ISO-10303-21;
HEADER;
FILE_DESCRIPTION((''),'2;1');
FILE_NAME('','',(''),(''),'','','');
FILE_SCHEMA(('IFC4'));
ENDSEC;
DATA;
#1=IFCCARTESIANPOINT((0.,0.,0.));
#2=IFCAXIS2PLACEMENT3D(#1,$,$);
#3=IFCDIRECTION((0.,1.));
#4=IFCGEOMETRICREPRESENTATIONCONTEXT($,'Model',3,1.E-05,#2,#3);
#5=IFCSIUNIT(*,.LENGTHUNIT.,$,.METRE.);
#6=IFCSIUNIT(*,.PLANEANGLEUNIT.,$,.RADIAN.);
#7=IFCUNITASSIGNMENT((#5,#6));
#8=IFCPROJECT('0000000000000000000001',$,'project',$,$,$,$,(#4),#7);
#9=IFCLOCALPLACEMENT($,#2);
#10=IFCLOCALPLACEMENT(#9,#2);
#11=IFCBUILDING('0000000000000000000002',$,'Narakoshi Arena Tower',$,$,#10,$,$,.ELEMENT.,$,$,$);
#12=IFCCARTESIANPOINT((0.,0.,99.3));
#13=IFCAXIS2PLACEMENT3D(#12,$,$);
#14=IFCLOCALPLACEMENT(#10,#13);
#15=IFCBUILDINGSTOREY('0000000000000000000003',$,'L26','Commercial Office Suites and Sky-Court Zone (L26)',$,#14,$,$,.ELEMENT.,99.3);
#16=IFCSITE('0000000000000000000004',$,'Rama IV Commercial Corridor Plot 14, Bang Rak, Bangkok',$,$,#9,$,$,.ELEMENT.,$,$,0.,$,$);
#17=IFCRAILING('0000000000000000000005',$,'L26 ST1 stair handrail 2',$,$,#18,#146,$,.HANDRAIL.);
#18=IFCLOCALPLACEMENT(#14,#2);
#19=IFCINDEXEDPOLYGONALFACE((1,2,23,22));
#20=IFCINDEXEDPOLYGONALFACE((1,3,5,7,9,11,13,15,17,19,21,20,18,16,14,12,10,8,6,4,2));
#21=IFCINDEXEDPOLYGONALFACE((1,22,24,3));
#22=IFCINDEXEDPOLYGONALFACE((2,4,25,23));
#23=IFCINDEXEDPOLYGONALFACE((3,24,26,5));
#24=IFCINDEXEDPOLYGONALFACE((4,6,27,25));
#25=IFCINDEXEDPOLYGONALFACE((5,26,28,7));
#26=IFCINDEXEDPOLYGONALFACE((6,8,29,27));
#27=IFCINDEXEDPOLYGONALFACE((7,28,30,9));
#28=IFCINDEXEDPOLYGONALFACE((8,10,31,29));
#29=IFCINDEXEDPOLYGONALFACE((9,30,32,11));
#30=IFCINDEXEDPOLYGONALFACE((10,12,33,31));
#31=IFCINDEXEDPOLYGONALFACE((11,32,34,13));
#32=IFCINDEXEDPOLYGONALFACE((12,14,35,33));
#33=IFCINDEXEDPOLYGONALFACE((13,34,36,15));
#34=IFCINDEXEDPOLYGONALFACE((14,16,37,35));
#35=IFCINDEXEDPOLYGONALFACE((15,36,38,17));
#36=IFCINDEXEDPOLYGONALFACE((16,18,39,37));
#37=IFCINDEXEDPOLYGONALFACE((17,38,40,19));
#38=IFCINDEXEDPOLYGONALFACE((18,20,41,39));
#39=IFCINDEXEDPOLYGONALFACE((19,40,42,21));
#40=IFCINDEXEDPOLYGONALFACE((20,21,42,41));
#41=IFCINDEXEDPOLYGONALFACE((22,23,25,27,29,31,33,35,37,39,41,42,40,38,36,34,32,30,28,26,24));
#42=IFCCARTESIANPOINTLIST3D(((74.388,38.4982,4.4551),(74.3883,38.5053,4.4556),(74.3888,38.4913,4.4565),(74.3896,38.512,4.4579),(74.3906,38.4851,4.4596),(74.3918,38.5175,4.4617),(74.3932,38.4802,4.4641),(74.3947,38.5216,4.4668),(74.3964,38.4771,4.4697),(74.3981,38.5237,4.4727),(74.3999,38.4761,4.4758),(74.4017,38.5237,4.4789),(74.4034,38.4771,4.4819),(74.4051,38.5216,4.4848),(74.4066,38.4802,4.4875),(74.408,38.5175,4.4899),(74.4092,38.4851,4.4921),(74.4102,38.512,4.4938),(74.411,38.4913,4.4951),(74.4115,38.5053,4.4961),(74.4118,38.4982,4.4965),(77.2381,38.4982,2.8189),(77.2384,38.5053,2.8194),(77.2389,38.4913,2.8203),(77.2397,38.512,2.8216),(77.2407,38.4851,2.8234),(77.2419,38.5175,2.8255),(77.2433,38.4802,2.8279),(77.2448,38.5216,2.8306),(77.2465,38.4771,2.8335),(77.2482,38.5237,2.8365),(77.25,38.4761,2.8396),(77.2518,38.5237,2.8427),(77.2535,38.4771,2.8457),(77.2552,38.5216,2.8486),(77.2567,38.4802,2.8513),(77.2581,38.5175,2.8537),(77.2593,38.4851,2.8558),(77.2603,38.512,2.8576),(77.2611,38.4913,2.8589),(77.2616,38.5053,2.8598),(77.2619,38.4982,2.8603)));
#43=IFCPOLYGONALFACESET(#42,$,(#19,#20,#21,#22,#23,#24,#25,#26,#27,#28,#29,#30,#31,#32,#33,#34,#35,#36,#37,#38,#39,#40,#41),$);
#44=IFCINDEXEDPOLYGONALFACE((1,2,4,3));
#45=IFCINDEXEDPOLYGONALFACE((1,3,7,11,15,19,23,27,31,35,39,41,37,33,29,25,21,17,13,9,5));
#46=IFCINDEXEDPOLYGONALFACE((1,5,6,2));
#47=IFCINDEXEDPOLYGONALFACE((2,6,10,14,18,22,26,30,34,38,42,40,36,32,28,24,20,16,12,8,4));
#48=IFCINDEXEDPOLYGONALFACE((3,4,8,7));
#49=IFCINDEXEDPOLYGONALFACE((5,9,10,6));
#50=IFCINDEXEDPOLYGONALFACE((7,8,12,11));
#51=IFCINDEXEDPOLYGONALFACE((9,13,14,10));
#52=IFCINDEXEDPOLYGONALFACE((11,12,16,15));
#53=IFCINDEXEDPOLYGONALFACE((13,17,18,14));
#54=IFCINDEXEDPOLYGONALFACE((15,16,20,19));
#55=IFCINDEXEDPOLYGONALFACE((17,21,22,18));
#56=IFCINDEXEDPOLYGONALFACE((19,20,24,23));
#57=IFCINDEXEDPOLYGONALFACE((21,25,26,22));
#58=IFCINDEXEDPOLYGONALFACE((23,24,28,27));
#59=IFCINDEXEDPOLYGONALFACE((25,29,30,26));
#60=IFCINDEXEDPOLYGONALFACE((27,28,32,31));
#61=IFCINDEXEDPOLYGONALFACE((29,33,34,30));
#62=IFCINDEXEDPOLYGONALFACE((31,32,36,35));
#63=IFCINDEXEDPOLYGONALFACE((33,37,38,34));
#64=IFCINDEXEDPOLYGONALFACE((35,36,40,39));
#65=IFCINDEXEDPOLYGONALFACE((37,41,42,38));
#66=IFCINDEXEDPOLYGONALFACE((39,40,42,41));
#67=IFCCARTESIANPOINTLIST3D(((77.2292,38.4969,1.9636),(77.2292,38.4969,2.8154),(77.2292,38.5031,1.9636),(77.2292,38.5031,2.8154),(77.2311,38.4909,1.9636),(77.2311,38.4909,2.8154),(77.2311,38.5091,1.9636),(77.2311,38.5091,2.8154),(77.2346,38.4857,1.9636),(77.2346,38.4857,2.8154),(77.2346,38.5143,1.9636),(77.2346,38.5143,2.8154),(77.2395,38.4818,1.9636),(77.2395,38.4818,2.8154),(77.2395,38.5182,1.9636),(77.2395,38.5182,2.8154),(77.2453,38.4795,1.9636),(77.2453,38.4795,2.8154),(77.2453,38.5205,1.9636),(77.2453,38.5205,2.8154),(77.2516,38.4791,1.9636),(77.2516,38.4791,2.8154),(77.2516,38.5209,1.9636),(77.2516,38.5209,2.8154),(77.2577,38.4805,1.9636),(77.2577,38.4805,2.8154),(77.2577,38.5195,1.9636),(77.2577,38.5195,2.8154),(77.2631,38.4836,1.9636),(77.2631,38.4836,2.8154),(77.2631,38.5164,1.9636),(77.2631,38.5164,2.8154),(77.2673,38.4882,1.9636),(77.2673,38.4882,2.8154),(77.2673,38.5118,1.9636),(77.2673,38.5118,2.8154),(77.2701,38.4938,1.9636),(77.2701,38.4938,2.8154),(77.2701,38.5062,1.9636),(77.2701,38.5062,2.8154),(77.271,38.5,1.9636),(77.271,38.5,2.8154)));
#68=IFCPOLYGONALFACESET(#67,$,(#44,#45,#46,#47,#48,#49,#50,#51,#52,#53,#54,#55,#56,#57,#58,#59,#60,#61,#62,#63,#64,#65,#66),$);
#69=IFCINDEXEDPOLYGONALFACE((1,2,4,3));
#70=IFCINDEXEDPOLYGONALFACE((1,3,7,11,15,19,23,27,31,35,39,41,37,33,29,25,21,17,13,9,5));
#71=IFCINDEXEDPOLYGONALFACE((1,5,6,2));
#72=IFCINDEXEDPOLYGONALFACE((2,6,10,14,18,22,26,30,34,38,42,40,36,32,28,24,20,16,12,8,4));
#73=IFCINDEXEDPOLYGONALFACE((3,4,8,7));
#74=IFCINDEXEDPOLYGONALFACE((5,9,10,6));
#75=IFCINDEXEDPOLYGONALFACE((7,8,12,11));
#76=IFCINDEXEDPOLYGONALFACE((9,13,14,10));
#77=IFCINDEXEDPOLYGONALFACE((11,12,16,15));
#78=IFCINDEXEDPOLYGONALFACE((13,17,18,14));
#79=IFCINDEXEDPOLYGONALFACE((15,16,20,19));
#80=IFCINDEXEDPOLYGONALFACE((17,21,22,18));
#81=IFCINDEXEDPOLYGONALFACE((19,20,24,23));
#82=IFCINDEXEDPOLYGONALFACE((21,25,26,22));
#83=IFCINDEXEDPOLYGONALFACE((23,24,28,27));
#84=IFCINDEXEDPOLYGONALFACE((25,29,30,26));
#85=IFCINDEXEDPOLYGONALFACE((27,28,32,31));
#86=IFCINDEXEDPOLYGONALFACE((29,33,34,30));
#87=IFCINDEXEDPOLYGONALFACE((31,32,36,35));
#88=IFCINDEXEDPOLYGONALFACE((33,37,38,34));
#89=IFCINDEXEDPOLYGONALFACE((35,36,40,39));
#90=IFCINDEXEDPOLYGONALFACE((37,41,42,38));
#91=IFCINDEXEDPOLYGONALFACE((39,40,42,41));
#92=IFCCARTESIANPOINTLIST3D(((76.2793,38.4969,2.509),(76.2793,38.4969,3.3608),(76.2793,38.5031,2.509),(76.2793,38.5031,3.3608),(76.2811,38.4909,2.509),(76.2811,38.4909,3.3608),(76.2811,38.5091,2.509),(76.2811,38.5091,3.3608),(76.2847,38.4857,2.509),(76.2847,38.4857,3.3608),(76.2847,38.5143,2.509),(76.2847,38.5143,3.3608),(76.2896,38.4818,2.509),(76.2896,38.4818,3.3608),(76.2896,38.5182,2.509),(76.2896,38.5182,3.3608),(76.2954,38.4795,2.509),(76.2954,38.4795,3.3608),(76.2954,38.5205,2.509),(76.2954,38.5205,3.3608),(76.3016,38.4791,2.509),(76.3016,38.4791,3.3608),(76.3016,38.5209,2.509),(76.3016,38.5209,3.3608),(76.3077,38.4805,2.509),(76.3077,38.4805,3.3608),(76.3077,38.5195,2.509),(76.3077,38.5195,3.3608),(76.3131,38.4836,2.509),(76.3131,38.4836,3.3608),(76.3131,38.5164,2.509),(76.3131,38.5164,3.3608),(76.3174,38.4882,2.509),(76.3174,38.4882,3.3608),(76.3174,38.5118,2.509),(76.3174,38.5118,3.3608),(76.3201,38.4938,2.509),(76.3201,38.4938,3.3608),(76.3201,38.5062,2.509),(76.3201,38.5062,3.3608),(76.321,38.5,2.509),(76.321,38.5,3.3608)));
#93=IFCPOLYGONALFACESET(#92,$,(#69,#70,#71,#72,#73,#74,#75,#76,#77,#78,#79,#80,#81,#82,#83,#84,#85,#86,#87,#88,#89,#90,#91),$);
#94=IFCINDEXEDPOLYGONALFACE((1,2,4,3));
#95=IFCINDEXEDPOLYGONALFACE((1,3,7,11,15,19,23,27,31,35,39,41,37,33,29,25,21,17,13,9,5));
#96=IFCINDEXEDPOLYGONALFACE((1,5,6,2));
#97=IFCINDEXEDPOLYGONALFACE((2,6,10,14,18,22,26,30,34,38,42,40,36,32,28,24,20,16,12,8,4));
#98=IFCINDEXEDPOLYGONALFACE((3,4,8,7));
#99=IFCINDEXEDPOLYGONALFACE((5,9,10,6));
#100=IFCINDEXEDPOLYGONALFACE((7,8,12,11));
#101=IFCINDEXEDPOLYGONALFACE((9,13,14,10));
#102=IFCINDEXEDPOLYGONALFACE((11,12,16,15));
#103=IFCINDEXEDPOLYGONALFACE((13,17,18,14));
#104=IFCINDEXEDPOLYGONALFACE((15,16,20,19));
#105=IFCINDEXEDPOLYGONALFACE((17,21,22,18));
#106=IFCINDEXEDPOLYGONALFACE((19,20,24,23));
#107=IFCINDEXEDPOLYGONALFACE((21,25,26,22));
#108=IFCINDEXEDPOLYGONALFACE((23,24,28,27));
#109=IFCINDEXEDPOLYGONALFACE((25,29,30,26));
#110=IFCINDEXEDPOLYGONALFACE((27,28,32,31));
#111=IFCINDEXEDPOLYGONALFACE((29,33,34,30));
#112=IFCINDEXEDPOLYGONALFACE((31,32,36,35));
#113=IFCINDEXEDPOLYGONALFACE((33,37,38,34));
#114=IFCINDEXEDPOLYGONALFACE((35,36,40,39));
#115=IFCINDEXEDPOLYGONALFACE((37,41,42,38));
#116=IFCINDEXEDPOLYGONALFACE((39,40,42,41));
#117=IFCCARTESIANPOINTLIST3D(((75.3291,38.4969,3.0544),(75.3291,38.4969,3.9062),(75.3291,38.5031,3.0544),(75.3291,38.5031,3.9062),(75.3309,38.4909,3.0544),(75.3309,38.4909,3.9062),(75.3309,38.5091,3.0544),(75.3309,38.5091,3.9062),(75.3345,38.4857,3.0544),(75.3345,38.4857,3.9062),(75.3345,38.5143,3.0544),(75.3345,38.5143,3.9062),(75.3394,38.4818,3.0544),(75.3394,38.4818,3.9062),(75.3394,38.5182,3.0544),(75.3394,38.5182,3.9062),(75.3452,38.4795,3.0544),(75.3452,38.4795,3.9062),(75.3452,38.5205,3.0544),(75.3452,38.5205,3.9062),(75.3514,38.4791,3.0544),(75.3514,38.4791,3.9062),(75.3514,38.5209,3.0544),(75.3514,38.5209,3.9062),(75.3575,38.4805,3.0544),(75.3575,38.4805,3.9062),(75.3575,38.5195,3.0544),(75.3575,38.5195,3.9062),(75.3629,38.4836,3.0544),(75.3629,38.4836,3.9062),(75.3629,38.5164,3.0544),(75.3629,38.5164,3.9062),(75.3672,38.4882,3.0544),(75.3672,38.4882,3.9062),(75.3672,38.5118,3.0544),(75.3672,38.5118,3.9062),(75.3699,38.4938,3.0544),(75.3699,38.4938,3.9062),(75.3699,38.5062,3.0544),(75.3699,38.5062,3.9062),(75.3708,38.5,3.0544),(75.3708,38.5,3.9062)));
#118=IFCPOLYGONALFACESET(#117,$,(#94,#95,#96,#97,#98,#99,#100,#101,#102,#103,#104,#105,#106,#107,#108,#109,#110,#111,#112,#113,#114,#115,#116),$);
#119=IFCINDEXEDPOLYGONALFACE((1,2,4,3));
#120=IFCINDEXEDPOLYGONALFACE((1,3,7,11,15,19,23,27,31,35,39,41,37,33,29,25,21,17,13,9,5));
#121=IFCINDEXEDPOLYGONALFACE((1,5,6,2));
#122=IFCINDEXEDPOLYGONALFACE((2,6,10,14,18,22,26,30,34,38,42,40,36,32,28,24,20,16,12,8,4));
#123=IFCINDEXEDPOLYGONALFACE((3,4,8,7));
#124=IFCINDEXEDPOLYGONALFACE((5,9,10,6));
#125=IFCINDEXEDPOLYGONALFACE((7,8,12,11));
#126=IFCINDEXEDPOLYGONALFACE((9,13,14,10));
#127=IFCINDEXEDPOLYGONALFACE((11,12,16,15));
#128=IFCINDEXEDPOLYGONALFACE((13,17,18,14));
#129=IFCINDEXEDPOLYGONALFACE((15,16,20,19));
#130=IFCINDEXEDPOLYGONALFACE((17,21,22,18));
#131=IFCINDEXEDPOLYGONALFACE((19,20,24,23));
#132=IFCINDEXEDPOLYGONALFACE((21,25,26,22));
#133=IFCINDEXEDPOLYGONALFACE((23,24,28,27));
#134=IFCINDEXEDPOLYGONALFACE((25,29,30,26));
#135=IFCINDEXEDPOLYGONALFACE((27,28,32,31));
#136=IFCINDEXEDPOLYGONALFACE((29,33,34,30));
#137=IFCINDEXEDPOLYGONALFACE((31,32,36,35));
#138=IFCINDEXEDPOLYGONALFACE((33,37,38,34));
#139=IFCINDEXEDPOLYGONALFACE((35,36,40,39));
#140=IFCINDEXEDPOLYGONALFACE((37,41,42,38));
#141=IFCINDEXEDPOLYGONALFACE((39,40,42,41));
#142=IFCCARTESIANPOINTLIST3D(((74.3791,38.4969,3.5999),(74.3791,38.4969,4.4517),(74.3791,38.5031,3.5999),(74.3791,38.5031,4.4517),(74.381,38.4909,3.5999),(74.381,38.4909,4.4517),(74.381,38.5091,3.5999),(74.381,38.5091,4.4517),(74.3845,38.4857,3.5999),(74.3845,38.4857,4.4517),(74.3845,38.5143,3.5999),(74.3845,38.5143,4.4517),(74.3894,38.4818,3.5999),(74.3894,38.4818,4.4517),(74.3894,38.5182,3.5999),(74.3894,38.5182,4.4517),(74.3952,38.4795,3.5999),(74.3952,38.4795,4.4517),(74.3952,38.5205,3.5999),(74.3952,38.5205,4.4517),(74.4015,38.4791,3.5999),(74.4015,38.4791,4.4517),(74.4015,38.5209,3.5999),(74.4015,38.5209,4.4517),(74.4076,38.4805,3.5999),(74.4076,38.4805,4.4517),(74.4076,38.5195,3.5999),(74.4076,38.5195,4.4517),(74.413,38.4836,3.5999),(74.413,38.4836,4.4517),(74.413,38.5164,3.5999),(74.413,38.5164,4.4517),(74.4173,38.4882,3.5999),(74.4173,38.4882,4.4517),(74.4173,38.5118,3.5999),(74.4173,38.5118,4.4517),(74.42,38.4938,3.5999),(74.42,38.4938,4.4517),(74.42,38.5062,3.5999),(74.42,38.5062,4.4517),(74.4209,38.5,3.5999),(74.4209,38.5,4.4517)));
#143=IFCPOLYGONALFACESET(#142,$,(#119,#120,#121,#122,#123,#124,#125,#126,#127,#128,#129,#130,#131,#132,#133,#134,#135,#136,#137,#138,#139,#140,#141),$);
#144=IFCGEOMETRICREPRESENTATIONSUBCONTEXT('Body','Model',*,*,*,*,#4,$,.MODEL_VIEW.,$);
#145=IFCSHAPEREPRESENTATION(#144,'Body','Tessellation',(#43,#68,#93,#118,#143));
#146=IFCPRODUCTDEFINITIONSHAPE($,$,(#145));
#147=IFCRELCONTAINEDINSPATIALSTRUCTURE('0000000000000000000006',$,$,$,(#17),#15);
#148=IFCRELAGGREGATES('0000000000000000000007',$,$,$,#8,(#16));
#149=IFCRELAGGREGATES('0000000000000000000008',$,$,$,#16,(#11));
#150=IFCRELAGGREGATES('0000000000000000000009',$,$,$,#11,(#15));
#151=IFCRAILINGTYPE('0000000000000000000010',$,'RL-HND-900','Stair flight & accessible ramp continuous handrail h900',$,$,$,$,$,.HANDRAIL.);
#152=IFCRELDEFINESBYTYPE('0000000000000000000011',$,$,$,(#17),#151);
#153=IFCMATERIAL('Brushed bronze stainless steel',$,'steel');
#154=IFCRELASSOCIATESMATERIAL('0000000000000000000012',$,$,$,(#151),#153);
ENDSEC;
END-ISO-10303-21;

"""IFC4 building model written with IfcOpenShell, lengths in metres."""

from ifc_helpers import new_model, si_unit, direction, frame, origin, origin_2d, place, context, subcontext, project, spatial, circle, extrude, material, type_object, element, save


model = new_model("IFC4")

# Units and contexts
model_context = context("Model", 3, precision=1e-05, world=origin(), true_north=direction((0.0, 1.0)))
body_context = subcontext(model_context, "Body", "Model", "MODEL_VIEW")
ifc_project = project(units=[si_unit("LENGTHUNIT", "METRE"), si_unit("PLANEANGLEUNIT", "RADIAN")], contexts=[model_context])

# Site, building, storey
site_placement = place(None, origin())
site = spatial("IfcSite", under=ifc_project, at=site_placement, Name="Rama IV Commercial Corridor Plot 14, Bang Rak, Bangkok", CompositionType="ELEMENT", RefElevation=0.0)
building_placement = place(site_placement, origin())
building = spatial("IfcBuilding", under=site, at=building_placement, Name="Narakoshi Arena Tower", CompositionType="ELEMENT")
storey_placement = place(building_placement, frame((0.0, 0.0, 99.3)))
storey = spatial("IfcBuildingStorey", under=building, at=storey_placement, Name="L26", Description="Commercial Office Suites and Sky-Court Zone (L26)", CompositionType="ELEMENT", Elevation=99.3)

# Railing
ifc_material_1 = material(Name="Brushed bronze stainless steel", Category="steel")
railing_type_1 = type_object("IfcRailingType", Name="RL-HND-900", Description="Stair flight & accessible ramp continuous handrail h900", PredefinedType="HANDRAIL", material=ifc_material_1)
railing_1_placement = place(storey_placement, frame((77.25, 38.5, 1.9636)))
element("IfcRailing", 1, at=railing_1_placement, inside=storey, type_object=railing_type_1, Name="L26 ST1 stair handrail 2", PredefinedType="HANDRAIL", context=body_context, shape_type="SweptSolid", body=[
    extrude(circle(Radius=0.0239, at=origin_2d()), frame((0.0, 0.0, 0.876), z_axis=(-0.867245, 0.0, 0.497882), x_axis=(0.0, -1.0, 0.0)), (0.0, 0.0, 1.0), 3.2864),
    extrude(circle(Radius=0.021, at=origin_2d()), origin(), (0.0, 0.0, 1.0), 0.8518),
    extrude(circle(Radius=0.021, at=origin_2d()), frame((-0.95, 0.0, 0.5454)), (0.0, 0.0, 1.0), 0.8518),
    extrude(circle(Radius=0.021, at=origin_2d()), frame((-1.9001, 0.0, 1.0908)), (0.0, 0.0, 1.0), 0.8518),
    extrude(circle(Radius=0.021, at=origin_2d()), frame((-2.8501, 0.0, 1.6362)), (0.0, 0.0, 1.0), 0.8518),
])

save(model, "model.ifc")
